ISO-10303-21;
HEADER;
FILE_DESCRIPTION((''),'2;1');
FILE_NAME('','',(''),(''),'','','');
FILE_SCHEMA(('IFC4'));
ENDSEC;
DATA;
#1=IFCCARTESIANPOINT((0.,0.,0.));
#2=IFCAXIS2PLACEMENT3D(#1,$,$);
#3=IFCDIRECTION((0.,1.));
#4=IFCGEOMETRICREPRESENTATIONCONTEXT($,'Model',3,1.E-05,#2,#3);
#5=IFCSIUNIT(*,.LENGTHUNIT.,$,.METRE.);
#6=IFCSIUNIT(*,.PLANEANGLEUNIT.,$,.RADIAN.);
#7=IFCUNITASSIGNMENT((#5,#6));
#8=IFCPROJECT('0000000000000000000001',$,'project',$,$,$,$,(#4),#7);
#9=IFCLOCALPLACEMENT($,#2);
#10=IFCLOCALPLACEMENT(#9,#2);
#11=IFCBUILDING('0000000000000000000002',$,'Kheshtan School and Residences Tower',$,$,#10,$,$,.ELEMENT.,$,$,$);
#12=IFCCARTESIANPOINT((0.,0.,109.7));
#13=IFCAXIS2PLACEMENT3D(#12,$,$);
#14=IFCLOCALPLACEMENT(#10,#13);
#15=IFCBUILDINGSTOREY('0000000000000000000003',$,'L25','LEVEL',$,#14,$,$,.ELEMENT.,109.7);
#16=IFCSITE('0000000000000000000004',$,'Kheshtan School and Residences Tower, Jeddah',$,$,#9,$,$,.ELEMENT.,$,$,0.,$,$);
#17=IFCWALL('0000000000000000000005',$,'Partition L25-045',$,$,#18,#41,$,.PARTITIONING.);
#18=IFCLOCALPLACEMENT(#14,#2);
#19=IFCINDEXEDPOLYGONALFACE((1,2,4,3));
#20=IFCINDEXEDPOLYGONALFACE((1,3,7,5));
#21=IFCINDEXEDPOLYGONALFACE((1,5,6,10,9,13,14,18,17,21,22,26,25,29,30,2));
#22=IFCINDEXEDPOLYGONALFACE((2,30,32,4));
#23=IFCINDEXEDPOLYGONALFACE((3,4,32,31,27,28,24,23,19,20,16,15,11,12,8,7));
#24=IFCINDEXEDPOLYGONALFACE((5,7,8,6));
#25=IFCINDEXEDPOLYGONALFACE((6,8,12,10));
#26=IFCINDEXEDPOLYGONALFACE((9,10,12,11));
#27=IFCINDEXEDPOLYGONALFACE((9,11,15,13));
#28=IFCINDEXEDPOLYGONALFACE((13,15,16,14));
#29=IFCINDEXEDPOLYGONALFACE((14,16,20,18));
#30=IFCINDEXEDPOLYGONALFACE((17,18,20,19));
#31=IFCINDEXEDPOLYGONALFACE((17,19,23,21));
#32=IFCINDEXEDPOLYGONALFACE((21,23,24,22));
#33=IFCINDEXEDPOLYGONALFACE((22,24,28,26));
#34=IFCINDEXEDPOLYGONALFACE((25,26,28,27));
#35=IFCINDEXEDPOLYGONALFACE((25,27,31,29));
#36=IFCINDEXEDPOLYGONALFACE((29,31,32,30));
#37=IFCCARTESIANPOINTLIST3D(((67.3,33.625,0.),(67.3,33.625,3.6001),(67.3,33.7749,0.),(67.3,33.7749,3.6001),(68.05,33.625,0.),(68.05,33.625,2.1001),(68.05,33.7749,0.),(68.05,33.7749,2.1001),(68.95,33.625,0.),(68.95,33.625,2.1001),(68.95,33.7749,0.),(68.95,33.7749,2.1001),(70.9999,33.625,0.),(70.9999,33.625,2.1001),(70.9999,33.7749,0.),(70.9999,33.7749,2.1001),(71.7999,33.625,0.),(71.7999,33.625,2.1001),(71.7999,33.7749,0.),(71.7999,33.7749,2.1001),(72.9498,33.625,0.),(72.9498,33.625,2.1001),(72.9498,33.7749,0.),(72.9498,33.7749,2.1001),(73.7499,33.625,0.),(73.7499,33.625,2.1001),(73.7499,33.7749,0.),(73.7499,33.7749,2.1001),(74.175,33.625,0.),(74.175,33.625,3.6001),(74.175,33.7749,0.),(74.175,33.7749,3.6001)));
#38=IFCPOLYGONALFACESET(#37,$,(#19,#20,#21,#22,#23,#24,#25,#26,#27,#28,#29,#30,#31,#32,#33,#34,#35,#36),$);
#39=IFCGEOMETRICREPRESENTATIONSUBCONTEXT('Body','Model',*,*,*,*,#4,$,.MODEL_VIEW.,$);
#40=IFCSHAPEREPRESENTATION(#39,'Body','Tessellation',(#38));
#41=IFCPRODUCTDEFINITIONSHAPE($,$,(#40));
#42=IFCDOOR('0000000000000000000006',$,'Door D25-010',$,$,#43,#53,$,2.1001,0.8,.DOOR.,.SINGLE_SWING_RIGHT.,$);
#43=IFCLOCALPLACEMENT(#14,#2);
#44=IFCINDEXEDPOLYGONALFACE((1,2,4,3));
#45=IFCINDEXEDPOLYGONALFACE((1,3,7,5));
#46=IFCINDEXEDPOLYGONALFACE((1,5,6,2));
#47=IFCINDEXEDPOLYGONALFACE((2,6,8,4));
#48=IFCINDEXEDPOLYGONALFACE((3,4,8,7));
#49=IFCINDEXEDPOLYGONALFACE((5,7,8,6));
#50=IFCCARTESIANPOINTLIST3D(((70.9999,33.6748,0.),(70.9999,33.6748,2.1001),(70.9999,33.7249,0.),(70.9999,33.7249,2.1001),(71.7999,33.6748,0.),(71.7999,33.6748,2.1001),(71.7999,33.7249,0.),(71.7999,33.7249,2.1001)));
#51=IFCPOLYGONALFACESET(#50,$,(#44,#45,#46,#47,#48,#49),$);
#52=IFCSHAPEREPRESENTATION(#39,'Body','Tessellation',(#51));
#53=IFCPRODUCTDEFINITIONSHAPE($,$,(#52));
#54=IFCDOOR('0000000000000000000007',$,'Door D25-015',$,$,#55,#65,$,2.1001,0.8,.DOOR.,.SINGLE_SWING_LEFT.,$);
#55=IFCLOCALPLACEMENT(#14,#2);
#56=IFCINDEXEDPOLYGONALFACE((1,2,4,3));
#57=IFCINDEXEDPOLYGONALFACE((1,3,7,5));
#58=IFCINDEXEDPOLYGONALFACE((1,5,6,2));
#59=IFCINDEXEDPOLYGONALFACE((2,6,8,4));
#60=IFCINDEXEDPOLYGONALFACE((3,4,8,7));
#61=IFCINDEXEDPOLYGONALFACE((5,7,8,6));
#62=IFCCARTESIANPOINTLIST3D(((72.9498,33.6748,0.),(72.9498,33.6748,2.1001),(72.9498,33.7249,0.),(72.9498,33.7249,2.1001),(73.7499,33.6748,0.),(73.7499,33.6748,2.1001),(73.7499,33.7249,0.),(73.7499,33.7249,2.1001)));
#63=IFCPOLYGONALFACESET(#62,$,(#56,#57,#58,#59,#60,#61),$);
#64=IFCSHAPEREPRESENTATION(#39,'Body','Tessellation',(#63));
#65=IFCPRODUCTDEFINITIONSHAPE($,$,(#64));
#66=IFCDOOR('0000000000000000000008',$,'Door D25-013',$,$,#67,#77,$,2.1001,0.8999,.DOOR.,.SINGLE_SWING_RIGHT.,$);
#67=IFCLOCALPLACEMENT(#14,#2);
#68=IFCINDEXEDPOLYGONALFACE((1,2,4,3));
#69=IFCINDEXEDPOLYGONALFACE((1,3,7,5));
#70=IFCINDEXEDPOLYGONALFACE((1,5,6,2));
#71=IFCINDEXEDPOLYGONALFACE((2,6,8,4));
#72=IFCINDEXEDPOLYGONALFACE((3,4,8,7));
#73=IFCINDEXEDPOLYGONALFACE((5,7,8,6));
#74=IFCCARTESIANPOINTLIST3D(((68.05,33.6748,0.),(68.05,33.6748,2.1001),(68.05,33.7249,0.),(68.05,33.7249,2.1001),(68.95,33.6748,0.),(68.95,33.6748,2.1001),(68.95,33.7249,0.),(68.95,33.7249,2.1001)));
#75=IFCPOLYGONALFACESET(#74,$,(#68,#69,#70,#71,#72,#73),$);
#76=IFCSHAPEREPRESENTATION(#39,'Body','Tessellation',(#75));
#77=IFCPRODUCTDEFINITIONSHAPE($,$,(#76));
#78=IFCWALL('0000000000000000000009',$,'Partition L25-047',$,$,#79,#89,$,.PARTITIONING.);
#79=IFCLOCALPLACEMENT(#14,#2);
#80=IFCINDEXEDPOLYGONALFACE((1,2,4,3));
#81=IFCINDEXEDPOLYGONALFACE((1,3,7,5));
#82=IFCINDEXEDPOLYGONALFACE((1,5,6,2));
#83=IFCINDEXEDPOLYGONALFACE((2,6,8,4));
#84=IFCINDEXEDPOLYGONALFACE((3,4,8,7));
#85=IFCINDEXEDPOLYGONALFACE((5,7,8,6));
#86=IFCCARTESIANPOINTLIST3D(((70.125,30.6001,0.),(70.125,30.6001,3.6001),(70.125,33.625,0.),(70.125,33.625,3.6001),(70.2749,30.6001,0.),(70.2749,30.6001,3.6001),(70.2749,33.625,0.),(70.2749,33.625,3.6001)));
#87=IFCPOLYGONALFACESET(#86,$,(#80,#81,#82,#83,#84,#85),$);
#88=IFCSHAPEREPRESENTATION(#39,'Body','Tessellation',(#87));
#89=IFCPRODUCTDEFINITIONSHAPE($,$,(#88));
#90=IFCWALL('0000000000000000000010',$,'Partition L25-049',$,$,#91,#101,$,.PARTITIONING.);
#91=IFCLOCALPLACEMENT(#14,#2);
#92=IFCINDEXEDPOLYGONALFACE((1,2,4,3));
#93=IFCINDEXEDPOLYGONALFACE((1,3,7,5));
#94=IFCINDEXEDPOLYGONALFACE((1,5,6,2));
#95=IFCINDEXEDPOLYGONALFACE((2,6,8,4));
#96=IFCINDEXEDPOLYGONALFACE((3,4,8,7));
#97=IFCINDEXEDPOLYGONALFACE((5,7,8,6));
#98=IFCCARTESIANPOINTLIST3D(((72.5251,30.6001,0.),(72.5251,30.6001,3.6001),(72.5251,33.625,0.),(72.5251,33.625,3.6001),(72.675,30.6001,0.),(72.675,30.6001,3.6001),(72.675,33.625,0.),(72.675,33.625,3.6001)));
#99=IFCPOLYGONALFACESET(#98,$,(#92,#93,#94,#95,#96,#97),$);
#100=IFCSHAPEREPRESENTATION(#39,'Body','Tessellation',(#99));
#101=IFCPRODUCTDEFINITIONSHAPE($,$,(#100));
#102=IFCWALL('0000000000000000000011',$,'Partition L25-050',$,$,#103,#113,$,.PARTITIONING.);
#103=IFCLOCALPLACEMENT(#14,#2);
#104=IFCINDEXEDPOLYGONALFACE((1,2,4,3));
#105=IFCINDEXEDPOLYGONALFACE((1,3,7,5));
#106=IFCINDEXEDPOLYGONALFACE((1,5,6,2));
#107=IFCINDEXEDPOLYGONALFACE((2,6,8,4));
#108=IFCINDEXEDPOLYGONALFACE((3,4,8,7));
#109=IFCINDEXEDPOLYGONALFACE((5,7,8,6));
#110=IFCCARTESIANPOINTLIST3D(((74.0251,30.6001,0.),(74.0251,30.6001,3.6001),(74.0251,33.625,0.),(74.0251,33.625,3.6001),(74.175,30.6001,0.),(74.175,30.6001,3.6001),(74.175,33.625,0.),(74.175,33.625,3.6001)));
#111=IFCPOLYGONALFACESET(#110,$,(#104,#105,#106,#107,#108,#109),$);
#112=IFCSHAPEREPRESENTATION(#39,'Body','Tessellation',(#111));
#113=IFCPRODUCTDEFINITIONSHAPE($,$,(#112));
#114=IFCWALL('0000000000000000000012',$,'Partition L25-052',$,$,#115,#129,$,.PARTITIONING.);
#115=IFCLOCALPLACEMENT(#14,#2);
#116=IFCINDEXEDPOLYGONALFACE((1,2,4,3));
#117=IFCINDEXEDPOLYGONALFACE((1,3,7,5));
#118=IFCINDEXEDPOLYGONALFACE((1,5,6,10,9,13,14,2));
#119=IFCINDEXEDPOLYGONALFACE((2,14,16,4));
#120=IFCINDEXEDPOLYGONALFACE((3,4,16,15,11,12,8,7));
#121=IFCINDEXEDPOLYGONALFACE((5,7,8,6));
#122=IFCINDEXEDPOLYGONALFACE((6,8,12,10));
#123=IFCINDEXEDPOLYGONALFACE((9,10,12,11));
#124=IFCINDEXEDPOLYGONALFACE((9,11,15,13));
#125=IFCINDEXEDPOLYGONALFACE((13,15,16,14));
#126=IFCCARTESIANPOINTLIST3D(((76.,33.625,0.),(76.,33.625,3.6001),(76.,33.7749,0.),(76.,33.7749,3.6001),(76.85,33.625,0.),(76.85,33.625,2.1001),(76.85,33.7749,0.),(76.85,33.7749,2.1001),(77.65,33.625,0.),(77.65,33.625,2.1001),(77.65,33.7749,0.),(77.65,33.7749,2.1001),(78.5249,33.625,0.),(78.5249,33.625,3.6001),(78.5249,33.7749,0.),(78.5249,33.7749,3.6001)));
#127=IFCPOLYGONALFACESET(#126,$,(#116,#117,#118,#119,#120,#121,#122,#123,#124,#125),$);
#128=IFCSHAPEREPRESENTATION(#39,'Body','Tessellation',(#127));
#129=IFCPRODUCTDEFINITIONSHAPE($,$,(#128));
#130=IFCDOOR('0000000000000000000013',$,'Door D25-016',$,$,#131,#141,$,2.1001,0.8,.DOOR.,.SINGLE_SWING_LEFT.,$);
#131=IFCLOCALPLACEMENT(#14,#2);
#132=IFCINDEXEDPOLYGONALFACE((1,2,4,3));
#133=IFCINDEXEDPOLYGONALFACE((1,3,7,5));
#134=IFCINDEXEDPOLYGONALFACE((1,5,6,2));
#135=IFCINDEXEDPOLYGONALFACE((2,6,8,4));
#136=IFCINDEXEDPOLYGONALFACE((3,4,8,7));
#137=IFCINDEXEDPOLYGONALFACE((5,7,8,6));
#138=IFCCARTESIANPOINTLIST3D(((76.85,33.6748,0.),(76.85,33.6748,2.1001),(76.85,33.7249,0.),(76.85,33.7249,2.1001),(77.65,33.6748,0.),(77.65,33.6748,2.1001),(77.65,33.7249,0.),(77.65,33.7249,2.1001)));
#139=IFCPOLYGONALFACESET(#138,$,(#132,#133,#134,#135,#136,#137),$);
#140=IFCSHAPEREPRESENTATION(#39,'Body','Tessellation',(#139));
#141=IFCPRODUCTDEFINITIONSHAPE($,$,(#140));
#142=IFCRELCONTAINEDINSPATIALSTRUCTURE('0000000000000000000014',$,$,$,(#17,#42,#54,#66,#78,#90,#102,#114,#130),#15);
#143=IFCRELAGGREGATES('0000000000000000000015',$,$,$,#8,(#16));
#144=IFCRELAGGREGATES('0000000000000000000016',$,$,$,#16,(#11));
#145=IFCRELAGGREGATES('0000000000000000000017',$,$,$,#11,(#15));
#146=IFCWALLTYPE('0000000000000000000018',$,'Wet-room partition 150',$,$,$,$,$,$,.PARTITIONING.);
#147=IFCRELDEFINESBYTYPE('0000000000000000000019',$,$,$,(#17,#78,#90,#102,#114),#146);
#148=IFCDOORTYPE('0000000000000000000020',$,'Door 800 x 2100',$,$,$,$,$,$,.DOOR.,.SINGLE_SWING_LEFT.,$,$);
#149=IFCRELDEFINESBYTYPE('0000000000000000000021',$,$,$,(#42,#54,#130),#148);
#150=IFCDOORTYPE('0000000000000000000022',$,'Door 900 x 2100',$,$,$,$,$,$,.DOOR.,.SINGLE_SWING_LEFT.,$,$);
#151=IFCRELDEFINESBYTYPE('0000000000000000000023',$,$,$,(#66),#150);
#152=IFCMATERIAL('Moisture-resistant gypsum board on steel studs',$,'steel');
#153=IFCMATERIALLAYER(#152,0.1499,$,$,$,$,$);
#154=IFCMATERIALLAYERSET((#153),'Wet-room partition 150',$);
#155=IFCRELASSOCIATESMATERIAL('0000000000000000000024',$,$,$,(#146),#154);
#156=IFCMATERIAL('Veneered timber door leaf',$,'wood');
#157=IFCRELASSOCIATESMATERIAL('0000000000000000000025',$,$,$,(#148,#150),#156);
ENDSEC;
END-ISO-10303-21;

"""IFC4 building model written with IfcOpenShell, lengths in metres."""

from ifc_helpers import new_model, si_unit, direction, frame, frame_2d, origin, place, context, subcontext, project, spatial, rectangle, extrude, source, transform, mapped, material, layer, layer_set, type_object, element, fill, save


model = new_model("IFC4")

# Units and contexts
model_context = context("Model", 3, precision=1e-05, world=origin(), true_north=direction((0.0, 1.0)))
body_context = subcontext(model_context, "Body", "Model", "MODEL_VIEW")
ifc_project = project(units=[si_unit("LENGTHUNIT", "METRE"), si_unit("PLANEANGLEUNIT", "RADIAN")], contexts=[model_context])

# Site, building, storey
site_placement = place(None, origin())
site = spatial("IfcSite", under=ifc_project, at=site_placement, Name="Kheshtan School and Residences Tower, Jeddah", CompositionType="ELEMENT", RefElevation=0.0)
building_placement = place(site_placement, origin())
building = spatial("IfcBuilding", under=site, at=building_placement, Name="Kheshtan School and Residences Tower", CompositionType="ELEMENT")
storey_placement = place(building_placement, frame((0.0, 0.0, 109.7)))
storey = spatial("IfcBuildingStorey", under=building, at=storey_placement, Name="L25", Description="LEVEL", CompositionType="ELEMENT", Elevation=109.7)

# Shared definitions
ifc_material_1 = material(Name="Moisture-resistant gypsum board on steel studs", Category="steel")
ifc_layer_1 = layer(ifc_material_1, 0.1499)
ifc_layer_set_1 = layer_set([ifc_layer_1], Name="Wet-room partition 150")
wall_type_1 = type_object("IfcWallType", Name="Wet-room partition 150", PredefinedType="PARTITIONING", material=ifc_layer_set_1)

# Wall, openings, doors
wall_1_placement = place(storey_placement, frame((67.3, 33.7, 0.0), z_axis=(0.0, 0.0, 1.0), x_axis=(1.0, 0.0, 0.0)))
wall_1 = element("IfcWall", 1, at=wall_1_placement, inside=storey, type_object=wall_type_1, Name="Partition L25-045", PredefinedType="PARTITIONING", context=body_context, shape_type="SweptSolid", body=[
    extrude(rectangle(XDim=6.875, YDim=0.1499, at=frame_2d((3.4375, 0.0))), origin(), (0.0, 0.0, 1.0), 3.6001),
])
opening_1_placement = place(wall_1_placement, frame((3.7, 0.0, 0.0)))
opening_1 = element("IfcOpeningElement", 2, at=opening_1_placement, cuts=wall_1, PredefinedType="OPENING", context=body_context, shape_type="SweptSolid", body=[
    extrude(rectangle(XDim=0.8, YDim=2.1001, at=frame_2d((0.3999, 1.05))), frame((0.0, 0.085, 0.0), z_axis=(0.0, -1.0, 0.0), x_axis=(1.0, 0.0, 0.0)), (0.0, 0.0, 1.0), 0.1699),
])
opening_2_placement = place(wall_1_placement, frame((0.75, 0.0, 0.0)))
opening_2 = element("IfcOpeningElement", 3, at=opening_2_placement, cuts=wall_1, PredefinedType="OPENING", context=body_context, shape_type="SweptSolid", body=[
    extrude(rectangle(XDim=0.8999, YDim=2.1001, at=frame_2d((0.45, 1.05))), frame((0.0, 0.085, 0.0), z_axis=(0.0, -1.0, 0.0), x_axis=(1.0, 0.0, 0.0)), (0.0, 0.0, 1.0), 0.1699),
])
opening_3_placement = place(wall_1_placement, frame((5.6499, 0.0, 0.0)))
opening_3 = element("IfcOpeningElement", 4, at=opening_3_placement, cuts=wall_1, PredefinedType="OPENING", context=body_context, shape_type="SweptSolid", body=[
    extrude(rectangle(XDim=0.8, YDim=2.1001, at=frame_2d((0.3999, 1.05))), frame((0.0, 0.085, 0.0), z_axis=(0.0, -1.0, 0.0), x_axis=(1.0, 0.0, 0.0)), (0.0, 0.0, 1.0), 0.1699),
])
ifc_material_2 = material(Name="Veneered timber door leaf", Category="wood")
door_type_1 = type_object("IfcDoorType", Name="Door 800 x 2100", OperationType="SINGLE_SWING_LEFT", PredefinedType="DOOR", material=ifc_material_2)
shared_shape_1 = source(origin(), body_context, "Body", "SweptSolid", [
    extrude(rectangle(XDim=0.8, YDim=2.1001, at=frame_2d((0.3999, 1.05))), frame((0.0, 0.0249, 0.0), z_axis=(0.0, -1.0, 0.0), x_axis=(1.0, 0.0, 0.0)), (0.0, 0.0, 1.0), 0.05),
])
door_1_placement = place(opening_1_placement, origin())
door_1 = element("IfcDoor", 5, at=door_1_placement, inside=storey, type_object=door_type_1, Name="Door D25-010", OperationType="SINGLE_SWING_RIGHT", OverallHeight=2.1001, OverallWidth=0.8, PredefinedType="DOOR", context=body_context, shape_type="MappedRepresentation", body=[
    mapped(shared_shape_1, transform((0.0, 0.0, 0.0), x_axis=(1.0, 0.0, 0.0), y_axis=(0.0, 1.0, 0.0), z_axis=(0.0, 0.0, 1.0), scale=1.0)),
])
fill(opening_1, door_1)
door_2_placement = place(opening_3_placement, origin())
door_2 = element("IfcDoor", 6, at=door_2_placement, inside=storey, type_object=door_type_1, Name="Door D25-015", OperationType="SINGLE_SWING_LEFT", OverallHeight=2.1001, OverallWidth=0.8, PredefinedType="DOOR", context=body_context, shape_type="MappedRepresentation", body=[
    mapped(shared_shape_1, transform((0.0, 0.0, 0.0), x_axis=(1.0, 0.0, 0.0), y_axis=(0.0, 1.0, 0.0), z_axis=(0.0, 0.0, 1.0), scale=1.0)),
])
fill(opening_3, door_2)
door_type_2 = type_object("IfcDoorType", Name="Door 900 x 2100", OperationType="SINGLE_SWING_LEFT", PredefinedType="DOOR", material=ifc_material_2)
shared_shape_2 = source(origin(), body_context, "Body", "SweptSolid", [
    extrude(rectangle(XDim=0.8999, YDim=2.1001, at=frame_2d((0.45, 1.05))), frame((0.0, 0.0249, 0.0), z_axis=(0.0, -1.0, 0.0), x_axis=(1.0, 0.0, 0.0)), (0.0, 0.0, 1.0), 0.05),
])
door_3_placement = place(opening_2_placement, origin())
door_3 = element("IfcDoor", 7, at=door_3_placement, inside=storey, type_object=door_type_2, Name="Door D25-013", OperationType="SINGLE_SWING_RIGHT", OverallHeight=2.1001, OverallWidth=0.8999, PredefinedType="DOOR", context=body_context, shape_type="MappedRepresentation", body=[
    mapped(shared_shape_2, transform((0.0, 0.0, 0.0), x_axis=(1.0, 0.0, 0.0), y_axis=(0.0, 1.0, 0.0), z_axis=(0.0, 0.0, 1.0), scale=1.0)),
])
fill(opening_2, door_3)

# Walls
for number, where, z_axis, x_axis, name in (
    (8, (70.2, 30.6001, 0.0), (0.0, 0.0, 1.0), (0.0, 1.0, 0.0), "Partition L25-047"),
    (9, (72.6001, 30.6001, 0.0), (0.0, 0.0, 1.0), (0.0, 1.0, 0.0), "Partition L25-049"),
    (10, (74.1001, 30.6001, 0.0), (0.0, 0.0, 1.0), (0.0, 1.0, 0.0), "Partition L25-050"),
):
    element("IfcWall", number, at=place(storey_placement, frame(where, z_axis=z_axis, x_axis=x_axis)), inside=storey, type_object=wall_type_1, Name=name, PredefinedType="PARTITIONING", context=body_context, shape_type="SweptSolid", body=[
        extrude(rectangle(XDim=3.0249, YDim=0.1499, at=frame_2d((1.5125, 0.0))), origin(), (0.0, 0.0, 1.0), 3.6001),
    ])

# Wall, opening, door
wall_2_placement = place(storey_placement, frame((76.0, 33.7, 0.0), z_axis=(0.0, 0.0, 1.0), x_axis=(1.0, 0.0, 0.0)))
wall_2 = element("IfcWall", 11, at=wall_2_placement, inside=storey, type_object=wall_type_1, Name="Partition L25-052", PredefinedType="PARTITIONING", context=body_context, shape_type="SweptSolid", body=[
    extrude(rectangle(XDim=2.5249, YDim=0.1499, at=frame_2d((1.2625, 0.0))), origin(), (0.0, 0.0, 1.0), 3.6001),
])
opening_4_placement = place(wall_2_placement, frame((0.8501, 0.0, 0.0)))
opening_4 = element("IfcOpeningElement", 12, at=opening_4_placement, cuts=wall_2, PredefinedType="OPENING", context=body_context, shape_type="SweptSolid", body=[
    extrude(rectangle(XDim=0.8, YDim=2.1001, at=frame_2d((0.3999, 1.05))), frame((0.0, 0.085, 0.0), z_axis=(0.0, -1.0, 0.0), x_axis=(1.0, 0.0, 0.0)), (0.0, 0.0, 1.0), 0.1699),
])
door_4_placement = place(opening_4_placement, origin())
door_4 = element("IfcDoor", 13, at=door_4_placement, inside=storey, type_object=door_type_1, Name="Door D25-016", OperationType="SINGLE_SWING_LEFT", OverallHeight=2.1001, OverallWidth=0.8, PredefinedType="DOOR", context=body_context, shape_type="MappedRepresentation", body=[
    mapped(shared_shape_1, transform((0.0, 0.0, 0.0), x_axis=(1.0, 0.0, 0.0), y_axis=(0.0, 1.0, 0.0), z_axis=(0.0, 0.0, 1.0), scale=1.0)),
])
fill(opening_4, door_4)

save(model, "model.ifc")
